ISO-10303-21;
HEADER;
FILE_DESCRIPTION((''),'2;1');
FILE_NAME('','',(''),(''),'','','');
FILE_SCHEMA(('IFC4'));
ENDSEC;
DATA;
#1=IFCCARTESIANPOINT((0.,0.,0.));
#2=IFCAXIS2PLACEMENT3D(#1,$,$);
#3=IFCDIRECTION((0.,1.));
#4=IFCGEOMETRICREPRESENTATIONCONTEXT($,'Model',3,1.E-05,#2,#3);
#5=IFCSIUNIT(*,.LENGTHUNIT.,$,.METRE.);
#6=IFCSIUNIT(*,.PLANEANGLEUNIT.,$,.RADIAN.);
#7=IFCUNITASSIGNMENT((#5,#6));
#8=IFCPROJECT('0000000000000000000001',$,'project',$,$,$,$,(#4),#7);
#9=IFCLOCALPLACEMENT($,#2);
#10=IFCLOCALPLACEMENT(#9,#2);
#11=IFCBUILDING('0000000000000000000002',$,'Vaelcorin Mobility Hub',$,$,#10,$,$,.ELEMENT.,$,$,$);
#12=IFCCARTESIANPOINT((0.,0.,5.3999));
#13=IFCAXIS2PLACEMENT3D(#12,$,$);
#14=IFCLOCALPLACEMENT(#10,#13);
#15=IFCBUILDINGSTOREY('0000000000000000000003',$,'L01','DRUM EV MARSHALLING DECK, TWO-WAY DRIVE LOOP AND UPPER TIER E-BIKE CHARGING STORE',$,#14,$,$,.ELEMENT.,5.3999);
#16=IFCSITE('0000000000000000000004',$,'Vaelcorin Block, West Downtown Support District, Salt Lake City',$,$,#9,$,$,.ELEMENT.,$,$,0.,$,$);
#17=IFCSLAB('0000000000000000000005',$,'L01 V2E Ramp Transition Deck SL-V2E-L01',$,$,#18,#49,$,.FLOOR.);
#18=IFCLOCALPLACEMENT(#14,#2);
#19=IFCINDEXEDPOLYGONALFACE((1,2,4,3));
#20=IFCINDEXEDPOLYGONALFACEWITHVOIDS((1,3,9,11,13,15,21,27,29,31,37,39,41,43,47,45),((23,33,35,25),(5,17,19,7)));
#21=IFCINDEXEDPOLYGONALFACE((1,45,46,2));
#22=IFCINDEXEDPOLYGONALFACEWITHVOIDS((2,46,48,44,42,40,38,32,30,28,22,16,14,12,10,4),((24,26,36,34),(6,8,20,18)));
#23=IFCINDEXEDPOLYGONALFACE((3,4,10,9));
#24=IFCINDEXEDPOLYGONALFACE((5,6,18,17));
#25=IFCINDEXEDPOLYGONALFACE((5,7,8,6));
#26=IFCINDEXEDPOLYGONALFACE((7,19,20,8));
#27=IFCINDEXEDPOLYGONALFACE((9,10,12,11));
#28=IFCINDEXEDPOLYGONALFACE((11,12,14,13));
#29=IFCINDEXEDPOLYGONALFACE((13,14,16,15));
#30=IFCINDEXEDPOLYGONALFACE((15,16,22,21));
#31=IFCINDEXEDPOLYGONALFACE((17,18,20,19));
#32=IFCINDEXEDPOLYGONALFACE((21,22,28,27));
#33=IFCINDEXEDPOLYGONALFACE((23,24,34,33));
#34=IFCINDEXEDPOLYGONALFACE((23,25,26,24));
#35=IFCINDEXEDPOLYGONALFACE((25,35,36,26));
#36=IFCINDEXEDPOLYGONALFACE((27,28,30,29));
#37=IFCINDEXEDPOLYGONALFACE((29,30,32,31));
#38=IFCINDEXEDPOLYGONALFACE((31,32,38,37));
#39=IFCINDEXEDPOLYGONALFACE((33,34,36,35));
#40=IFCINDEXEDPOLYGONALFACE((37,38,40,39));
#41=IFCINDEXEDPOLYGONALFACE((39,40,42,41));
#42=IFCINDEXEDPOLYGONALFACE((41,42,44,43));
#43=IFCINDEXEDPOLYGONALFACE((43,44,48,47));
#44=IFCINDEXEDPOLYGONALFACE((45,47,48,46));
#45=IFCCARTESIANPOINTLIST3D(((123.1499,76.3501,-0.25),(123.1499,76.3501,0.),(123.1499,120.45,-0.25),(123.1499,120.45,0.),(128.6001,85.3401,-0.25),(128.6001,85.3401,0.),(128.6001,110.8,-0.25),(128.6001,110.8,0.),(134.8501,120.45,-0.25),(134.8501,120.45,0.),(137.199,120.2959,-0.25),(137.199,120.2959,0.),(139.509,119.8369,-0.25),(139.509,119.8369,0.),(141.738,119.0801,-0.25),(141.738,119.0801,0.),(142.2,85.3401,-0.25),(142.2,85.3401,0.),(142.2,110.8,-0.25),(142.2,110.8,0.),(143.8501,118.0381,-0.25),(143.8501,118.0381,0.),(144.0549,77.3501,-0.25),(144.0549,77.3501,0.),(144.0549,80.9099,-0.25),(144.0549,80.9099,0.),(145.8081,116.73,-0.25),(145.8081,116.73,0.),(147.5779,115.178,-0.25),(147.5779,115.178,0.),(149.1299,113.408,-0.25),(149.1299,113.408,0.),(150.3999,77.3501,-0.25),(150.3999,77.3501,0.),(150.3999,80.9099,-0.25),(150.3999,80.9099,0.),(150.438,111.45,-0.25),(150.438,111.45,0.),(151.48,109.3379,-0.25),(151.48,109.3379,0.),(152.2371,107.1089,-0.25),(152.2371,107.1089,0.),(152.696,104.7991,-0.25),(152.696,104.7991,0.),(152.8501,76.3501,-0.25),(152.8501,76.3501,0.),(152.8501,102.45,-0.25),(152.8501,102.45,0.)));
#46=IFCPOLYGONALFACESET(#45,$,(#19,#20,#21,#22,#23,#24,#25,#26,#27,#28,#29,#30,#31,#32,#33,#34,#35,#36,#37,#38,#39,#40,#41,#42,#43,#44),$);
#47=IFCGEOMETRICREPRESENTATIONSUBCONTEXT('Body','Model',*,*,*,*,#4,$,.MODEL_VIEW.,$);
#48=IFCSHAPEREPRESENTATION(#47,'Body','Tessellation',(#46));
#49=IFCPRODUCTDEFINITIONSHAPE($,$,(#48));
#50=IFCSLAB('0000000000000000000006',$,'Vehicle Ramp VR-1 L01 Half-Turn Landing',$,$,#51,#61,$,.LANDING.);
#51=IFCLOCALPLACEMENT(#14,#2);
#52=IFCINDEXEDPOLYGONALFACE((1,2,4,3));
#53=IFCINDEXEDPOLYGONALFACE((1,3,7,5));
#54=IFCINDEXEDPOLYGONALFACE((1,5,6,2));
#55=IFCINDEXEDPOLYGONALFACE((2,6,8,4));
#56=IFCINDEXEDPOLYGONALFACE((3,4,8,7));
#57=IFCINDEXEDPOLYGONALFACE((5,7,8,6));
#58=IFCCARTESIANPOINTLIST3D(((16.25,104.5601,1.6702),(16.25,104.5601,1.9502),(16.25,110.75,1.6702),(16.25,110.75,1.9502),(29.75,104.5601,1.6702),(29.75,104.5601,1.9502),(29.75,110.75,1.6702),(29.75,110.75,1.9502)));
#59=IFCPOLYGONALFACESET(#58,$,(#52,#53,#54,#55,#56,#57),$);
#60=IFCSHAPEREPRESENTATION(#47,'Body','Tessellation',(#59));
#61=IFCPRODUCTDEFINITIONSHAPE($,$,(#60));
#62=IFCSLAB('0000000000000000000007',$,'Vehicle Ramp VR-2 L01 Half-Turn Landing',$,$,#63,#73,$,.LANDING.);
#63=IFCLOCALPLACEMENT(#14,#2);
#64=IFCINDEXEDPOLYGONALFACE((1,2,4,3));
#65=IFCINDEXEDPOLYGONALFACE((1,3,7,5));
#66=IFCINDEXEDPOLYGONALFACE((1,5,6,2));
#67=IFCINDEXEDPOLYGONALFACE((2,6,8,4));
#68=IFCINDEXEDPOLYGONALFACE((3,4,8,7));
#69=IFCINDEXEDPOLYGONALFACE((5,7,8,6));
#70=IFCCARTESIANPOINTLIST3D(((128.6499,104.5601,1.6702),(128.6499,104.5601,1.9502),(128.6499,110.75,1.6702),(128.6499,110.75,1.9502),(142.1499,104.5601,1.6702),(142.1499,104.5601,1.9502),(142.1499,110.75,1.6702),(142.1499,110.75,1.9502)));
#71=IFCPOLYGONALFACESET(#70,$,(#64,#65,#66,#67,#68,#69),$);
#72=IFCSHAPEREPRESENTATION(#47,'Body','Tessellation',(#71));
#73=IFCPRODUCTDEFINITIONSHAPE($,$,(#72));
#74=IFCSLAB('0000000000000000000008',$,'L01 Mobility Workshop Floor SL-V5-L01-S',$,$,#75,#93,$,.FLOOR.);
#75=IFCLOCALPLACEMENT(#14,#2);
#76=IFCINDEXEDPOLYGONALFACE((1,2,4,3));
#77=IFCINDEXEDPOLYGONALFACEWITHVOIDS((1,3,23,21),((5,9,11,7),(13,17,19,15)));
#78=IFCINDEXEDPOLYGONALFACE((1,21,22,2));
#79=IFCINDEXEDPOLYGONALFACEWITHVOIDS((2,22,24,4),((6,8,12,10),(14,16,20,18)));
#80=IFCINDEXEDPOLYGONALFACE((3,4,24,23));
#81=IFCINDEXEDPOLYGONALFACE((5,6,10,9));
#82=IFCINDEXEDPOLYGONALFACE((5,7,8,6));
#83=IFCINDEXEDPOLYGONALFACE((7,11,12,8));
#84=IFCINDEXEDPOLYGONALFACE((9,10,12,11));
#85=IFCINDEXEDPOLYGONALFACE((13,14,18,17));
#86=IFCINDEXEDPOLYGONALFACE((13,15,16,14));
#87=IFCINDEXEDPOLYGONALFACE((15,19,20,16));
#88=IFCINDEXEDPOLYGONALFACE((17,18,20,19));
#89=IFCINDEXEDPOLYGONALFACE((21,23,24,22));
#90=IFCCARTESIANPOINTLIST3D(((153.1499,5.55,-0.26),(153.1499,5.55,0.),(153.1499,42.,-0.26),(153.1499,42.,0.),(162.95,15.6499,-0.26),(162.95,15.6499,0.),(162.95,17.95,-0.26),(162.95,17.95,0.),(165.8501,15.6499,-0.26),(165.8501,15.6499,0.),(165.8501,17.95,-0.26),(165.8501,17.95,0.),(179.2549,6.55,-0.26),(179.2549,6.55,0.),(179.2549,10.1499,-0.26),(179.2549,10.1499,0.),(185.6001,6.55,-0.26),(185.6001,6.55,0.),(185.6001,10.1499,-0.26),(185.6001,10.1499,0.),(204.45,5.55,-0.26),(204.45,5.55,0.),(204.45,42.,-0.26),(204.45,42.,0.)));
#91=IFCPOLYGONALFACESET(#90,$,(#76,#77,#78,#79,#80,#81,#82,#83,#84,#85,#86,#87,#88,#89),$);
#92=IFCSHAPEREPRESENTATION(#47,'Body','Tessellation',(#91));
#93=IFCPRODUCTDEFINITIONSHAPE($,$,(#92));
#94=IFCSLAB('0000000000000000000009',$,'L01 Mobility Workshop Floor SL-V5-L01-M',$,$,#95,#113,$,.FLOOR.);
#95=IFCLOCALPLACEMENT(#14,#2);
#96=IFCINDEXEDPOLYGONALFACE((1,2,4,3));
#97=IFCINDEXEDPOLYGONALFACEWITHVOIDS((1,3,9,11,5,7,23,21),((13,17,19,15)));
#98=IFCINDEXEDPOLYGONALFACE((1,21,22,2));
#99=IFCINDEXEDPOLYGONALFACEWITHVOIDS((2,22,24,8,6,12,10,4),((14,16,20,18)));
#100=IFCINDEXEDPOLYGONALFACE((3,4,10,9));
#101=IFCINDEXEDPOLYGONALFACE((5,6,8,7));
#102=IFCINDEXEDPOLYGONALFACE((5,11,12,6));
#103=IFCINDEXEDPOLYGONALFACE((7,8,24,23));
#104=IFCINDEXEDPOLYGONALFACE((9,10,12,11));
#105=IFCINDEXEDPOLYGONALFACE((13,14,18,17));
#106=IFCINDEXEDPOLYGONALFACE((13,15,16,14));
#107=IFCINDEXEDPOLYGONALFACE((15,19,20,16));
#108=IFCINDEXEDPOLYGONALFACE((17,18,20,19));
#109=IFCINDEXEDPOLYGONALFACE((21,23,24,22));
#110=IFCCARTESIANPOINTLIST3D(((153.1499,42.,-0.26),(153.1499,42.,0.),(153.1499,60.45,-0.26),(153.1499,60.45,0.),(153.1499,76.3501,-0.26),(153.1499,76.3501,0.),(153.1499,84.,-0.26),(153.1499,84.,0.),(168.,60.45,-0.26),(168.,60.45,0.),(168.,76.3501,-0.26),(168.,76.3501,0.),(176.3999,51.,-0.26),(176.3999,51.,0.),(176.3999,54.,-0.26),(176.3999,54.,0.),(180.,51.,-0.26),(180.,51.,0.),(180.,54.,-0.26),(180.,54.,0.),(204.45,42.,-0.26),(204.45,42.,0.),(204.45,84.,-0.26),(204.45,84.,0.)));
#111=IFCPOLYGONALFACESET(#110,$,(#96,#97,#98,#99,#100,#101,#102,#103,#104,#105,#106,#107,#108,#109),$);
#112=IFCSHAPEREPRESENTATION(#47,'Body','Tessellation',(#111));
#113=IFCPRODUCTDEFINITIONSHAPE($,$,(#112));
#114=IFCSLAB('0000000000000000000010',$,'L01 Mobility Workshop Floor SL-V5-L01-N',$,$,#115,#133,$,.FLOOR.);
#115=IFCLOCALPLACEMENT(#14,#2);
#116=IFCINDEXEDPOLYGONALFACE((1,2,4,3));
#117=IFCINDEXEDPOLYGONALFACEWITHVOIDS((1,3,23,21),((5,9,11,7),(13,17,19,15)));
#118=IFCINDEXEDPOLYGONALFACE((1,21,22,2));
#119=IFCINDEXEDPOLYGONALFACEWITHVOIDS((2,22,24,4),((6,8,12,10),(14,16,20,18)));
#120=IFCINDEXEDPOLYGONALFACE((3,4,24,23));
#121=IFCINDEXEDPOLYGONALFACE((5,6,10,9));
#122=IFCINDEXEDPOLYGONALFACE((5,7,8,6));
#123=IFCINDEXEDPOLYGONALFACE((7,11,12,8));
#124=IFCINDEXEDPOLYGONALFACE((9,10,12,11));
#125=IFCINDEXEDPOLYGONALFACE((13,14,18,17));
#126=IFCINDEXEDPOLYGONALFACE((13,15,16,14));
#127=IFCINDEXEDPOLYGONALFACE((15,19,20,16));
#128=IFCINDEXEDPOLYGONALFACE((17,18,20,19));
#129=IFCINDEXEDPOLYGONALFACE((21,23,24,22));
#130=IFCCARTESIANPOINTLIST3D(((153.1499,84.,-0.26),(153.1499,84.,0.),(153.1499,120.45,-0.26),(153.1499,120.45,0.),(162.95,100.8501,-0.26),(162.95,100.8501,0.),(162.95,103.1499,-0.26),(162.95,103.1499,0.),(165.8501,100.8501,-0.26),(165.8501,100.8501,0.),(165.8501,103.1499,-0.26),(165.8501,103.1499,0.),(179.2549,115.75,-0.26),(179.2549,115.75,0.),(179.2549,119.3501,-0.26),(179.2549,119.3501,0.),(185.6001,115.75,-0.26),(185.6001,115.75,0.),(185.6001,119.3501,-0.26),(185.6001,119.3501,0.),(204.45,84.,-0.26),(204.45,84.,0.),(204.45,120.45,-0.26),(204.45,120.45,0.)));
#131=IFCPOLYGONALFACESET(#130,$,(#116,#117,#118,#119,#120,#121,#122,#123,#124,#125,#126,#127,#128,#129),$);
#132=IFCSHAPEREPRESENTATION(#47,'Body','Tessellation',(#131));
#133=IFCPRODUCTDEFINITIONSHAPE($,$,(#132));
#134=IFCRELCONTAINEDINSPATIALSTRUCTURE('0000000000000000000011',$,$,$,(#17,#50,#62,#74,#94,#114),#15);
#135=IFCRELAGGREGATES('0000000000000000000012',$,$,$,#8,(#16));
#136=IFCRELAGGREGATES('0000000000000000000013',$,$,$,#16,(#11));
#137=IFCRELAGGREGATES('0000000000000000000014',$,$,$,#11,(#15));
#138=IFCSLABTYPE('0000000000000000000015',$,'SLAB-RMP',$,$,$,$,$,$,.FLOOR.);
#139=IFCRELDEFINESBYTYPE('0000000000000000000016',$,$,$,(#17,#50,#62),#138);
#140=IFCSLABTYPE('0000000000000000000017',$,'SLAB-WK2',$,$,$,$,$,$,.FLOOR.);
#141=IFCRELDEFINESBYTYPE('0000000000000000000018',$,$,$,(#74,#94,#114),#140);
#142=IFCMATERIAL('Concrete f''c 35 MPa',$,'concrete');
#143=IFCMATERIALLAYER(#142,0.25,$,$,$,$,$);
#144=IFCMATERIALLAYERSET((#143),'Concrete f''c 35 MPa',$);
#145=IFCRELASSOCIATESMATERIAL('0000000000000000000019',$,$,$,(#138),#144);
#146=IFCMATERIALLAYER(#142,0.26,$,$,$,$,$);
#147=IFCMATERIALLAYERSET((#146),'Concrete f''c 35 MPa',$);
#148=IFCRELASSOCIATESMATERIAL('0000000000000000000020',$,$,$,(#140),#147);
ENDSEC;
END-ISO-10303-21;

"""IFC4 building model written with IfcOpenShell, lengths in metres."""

from ifc_helpers import new_model, si_unit, direction, frame, origin, place, context, subcontext, project, spatial, polyline, outline, extrude, material, layer, layer_set, type_object, element, save


model = new_model("IFC4")

# Units and contexts
model_context = context("Model", 3, precision=1e-05, world=origin(), true_north=direction((0.0, 1.0)))
body_context = subcontext(model_context, "Body", "Model", "MODEL_VIEW")
ifc_project = project(units=[si_unit("LENGTHUNIT", "METRE"), si_unit("PLANEANGLEUNIT", "RADIAN")], contexts=[model_context])

# Site, building, storey
site_placement = place(None, origin())
site = spatial("IfcSite", under=ifc_project, at=site_placement, Name="Vaelcorin Block, West Downtown Support District, Salt Lake City", CompositionType="ELEMENT", RefElevation=0.0)
building_placement = place(site_placement, origin())
building = spatial("IfcBuilding", under=site, at=building_placement, Name="Vaelcorin Mobility Hub", CompositionType="ELEMENT")
storey_placement = place(building_placement, frame((0.0, 0.0, 5.3999)))
storey = spatial("IfcBuildingStorey", under=building, at=storey_placement, Name="L01", Description="DRUM EV MARSHALLING DECK, TWO-WAY DRIVE LOOP AND UPPER TIER E-BIKE CHARGING STORE", CompositionType="ELEMENT", Elevation=5.3999)

# Shared definitions
ifc_material_1 = material(Name="Concrete f'c 35 MPa", Category="concrete")

# Slabs
ifc_layer_1 = layer(ifc_material_1, 0.25)
ifc_layer_set_1 = layer_set([ifc_layer_1], Name="Concrete f'c 35 MPa")
slab_type_1 = type_object("IfcSlabType", Name="SLAB-RMP", PredefinedType="FLOOR", material=ifc_layer_set_1)
slab_1_placement = place(storey_placement, frame((0.0, 0.0, -0.25)))
element("IfcSlab", 1, at=slab_1_placement, inside=storey, type_object=slab_type_1, Name="L01 V2E Ramp Transition Deck SL-V2E-L01", PredefinedType="FLOOR", context=body_context, shape_type="SweptSolid", body=[
    extrude(outline(polyline([(123.1499, 120.45), (134.8501, 120.45), (137.199, 120.2959), (139.509, 119.8369), (141.738, 119.0801), (143.8501, 118.0381), (145.8081, 116.73), (147.5779, 115.178), (149.1299, 113.408), (150.438, 111.45), (151.48, 109.3379), (152.2371, 107.1089), (152.696, 104.7991), (152.8501, 102.45), (152.8501, 76.3501), (123.1499, 76.3501), (123.1499, 120.45)]), holes=[polyline([(150.3999, 80.9099), (144.0549, 80.9099), (144.0549, 77.3501), (150.3999, 77.3501), (150.3999, 80.9099)]), polyline([(142.2, 110.8), (128.6001, 110.8), (128.6001, 85.3401), (142.2, 85.3401), (142.2, 110.8)])]), origin(), (0.0, 0.0, 1.0), 0.25),
])
slab_2_placement = place(storey_placement, frame((0.0, 0.0, 1.6702)))
element("IfcSlab", 2, at=slab_2_placement, inside=storey, type_object=slab_type_1, Name="Vehicle Ramp VR-1 L01 Half-Turn Landing", PredefinedType="LANDING", context=body_context, shape_type="SweptSolid", body=[
    extrude(outline(polyline([(16.25, 104.5601), (29.75, 104.5601), (29.75, 110.75), (16.25, 110.75), (16.25, 104.5601)])), origin(), (0.0, 0.0, 1.0), 0.28),
])
slab_3_placement = place(storey_placement, frame((0.0, 0.0, 1.6702)))
element("IfcSlab", 3, at=slab_3_placement, inside=storey, type_object=slab_type_1, Name="Vehicle Ramp VR-2 L01 Half-Turn Landing", PredefinedType="LANDING", context=body_context, shape_type="SweptSolid", body=[
    extrude(outline(polyline([(128.6499, 104.5601), (142.1499, 104.5601), (142.1499, 110.75), (128.6499, 110.75), (128.6499, 104.5601)])), origin(), (0.0, 0.0, 1.0), 0.28),
])
ifc_layer_2 = layer(ifc_material_1, 0.26)
ifc_layer_set_2 = layer_set([ifc_layer_2], Name="Concrete f'c 35 MPa")
slab_type_2 = type_object("IfcSlabType", Name="SLAB-WK2", PredefinedType="FLOOR", material=ifc_layer_set_2)
slab_4_placement = place(storey_placement, frame((0.0, 0.0, -0.26)))
element("IfcSlab", 4, at=slab_4_placement, inside=storey, type_object=slab_type_2, Name="L01 Mobility Workshop Floor SL-V5-L01-S", PredefinedType="FLOOR", context=body_context, shape_type="SweptSolid", body=[
    extrude(outline(polyline([(153.1499, 5.55), (153.1499, 42.0), (204.45, 42.0), (204.45, 5.55), (153.1499, 5.55)]), holes=[polyline([(185.6001, 10.1499), (179.2549, 10.1499), (179.2549, 6.55), (185.6001, 6.55), (185.6001, 10.1499)]), polyline([(165.8501, 17.95), (162.95, 17.95), (162.95, 15.6499), (165.8501, 15.6499), (165.8501, 17.95)])]), origin(), (0.0, 0.0, 1.0), 0.26),
])
slab_5_placement = place(storey_placement, frame((0.0, 0.0, -0.26)))
element("IfcSlab", 5, at=slab_5_placement, inside=storey, type_object=slab_type_2, Name="L01 Mobility Workshop Floor SL-V5-L01-M", PredefinedType="FLOOR", context=body_context, shape_type="SweptSolid", body=[
    extrude(outline(polyline([(153.1499, 42.0), (153.1499, 60.45), (168.0, 60.45), (168.0, 76.3501), (153.1499, 76.3501), (153.1499, 84.0), (204.45, 84.0), (204.45, 42.0), (153.1499, 42.0)]), holes=[polyline([(180.0, 54.0), (176.3999, 54.0), (176.3999, 51.0), (180.0, 51.0), (180.0, 54.0)])]), origin(), (0.0, 0.0, 1.0), 0.26),
])
slab_6_placement = place(storey_placement, frame((0.0, 0.0, -0.26)))
element("IfcSlab", 6, at=slab_6_placement, inside=storey, type_object=slab_type_2, Name="L01 Mobility Workshop Floor SL-V5-L01-N", PredefinedType="FLOOR", context=body_context, shape_type="SweptSolid", body=[
    extrude(outline(polyline([(153.1499, 84.0), (153.1499, 120.45), (204.45, 120.45), (204.45, 84.0), (153.1499, 84.0)]), holes=[polyline([(165.8501, 103.1499), (162.95, 103.1499), (162.95, 100.8501), (165.8501, 100.8501), (165.8501, 103.1499)]), polyline([(185.6001, 119.3501), (179.2549, 119.3501), (179.2549, 115.75), (185.6001, 115.75), (185.6001, 119.3501)])]), origin(), (0.0, 0.0, 1.0), 0.26),
])

save(model, "model.ifc")
